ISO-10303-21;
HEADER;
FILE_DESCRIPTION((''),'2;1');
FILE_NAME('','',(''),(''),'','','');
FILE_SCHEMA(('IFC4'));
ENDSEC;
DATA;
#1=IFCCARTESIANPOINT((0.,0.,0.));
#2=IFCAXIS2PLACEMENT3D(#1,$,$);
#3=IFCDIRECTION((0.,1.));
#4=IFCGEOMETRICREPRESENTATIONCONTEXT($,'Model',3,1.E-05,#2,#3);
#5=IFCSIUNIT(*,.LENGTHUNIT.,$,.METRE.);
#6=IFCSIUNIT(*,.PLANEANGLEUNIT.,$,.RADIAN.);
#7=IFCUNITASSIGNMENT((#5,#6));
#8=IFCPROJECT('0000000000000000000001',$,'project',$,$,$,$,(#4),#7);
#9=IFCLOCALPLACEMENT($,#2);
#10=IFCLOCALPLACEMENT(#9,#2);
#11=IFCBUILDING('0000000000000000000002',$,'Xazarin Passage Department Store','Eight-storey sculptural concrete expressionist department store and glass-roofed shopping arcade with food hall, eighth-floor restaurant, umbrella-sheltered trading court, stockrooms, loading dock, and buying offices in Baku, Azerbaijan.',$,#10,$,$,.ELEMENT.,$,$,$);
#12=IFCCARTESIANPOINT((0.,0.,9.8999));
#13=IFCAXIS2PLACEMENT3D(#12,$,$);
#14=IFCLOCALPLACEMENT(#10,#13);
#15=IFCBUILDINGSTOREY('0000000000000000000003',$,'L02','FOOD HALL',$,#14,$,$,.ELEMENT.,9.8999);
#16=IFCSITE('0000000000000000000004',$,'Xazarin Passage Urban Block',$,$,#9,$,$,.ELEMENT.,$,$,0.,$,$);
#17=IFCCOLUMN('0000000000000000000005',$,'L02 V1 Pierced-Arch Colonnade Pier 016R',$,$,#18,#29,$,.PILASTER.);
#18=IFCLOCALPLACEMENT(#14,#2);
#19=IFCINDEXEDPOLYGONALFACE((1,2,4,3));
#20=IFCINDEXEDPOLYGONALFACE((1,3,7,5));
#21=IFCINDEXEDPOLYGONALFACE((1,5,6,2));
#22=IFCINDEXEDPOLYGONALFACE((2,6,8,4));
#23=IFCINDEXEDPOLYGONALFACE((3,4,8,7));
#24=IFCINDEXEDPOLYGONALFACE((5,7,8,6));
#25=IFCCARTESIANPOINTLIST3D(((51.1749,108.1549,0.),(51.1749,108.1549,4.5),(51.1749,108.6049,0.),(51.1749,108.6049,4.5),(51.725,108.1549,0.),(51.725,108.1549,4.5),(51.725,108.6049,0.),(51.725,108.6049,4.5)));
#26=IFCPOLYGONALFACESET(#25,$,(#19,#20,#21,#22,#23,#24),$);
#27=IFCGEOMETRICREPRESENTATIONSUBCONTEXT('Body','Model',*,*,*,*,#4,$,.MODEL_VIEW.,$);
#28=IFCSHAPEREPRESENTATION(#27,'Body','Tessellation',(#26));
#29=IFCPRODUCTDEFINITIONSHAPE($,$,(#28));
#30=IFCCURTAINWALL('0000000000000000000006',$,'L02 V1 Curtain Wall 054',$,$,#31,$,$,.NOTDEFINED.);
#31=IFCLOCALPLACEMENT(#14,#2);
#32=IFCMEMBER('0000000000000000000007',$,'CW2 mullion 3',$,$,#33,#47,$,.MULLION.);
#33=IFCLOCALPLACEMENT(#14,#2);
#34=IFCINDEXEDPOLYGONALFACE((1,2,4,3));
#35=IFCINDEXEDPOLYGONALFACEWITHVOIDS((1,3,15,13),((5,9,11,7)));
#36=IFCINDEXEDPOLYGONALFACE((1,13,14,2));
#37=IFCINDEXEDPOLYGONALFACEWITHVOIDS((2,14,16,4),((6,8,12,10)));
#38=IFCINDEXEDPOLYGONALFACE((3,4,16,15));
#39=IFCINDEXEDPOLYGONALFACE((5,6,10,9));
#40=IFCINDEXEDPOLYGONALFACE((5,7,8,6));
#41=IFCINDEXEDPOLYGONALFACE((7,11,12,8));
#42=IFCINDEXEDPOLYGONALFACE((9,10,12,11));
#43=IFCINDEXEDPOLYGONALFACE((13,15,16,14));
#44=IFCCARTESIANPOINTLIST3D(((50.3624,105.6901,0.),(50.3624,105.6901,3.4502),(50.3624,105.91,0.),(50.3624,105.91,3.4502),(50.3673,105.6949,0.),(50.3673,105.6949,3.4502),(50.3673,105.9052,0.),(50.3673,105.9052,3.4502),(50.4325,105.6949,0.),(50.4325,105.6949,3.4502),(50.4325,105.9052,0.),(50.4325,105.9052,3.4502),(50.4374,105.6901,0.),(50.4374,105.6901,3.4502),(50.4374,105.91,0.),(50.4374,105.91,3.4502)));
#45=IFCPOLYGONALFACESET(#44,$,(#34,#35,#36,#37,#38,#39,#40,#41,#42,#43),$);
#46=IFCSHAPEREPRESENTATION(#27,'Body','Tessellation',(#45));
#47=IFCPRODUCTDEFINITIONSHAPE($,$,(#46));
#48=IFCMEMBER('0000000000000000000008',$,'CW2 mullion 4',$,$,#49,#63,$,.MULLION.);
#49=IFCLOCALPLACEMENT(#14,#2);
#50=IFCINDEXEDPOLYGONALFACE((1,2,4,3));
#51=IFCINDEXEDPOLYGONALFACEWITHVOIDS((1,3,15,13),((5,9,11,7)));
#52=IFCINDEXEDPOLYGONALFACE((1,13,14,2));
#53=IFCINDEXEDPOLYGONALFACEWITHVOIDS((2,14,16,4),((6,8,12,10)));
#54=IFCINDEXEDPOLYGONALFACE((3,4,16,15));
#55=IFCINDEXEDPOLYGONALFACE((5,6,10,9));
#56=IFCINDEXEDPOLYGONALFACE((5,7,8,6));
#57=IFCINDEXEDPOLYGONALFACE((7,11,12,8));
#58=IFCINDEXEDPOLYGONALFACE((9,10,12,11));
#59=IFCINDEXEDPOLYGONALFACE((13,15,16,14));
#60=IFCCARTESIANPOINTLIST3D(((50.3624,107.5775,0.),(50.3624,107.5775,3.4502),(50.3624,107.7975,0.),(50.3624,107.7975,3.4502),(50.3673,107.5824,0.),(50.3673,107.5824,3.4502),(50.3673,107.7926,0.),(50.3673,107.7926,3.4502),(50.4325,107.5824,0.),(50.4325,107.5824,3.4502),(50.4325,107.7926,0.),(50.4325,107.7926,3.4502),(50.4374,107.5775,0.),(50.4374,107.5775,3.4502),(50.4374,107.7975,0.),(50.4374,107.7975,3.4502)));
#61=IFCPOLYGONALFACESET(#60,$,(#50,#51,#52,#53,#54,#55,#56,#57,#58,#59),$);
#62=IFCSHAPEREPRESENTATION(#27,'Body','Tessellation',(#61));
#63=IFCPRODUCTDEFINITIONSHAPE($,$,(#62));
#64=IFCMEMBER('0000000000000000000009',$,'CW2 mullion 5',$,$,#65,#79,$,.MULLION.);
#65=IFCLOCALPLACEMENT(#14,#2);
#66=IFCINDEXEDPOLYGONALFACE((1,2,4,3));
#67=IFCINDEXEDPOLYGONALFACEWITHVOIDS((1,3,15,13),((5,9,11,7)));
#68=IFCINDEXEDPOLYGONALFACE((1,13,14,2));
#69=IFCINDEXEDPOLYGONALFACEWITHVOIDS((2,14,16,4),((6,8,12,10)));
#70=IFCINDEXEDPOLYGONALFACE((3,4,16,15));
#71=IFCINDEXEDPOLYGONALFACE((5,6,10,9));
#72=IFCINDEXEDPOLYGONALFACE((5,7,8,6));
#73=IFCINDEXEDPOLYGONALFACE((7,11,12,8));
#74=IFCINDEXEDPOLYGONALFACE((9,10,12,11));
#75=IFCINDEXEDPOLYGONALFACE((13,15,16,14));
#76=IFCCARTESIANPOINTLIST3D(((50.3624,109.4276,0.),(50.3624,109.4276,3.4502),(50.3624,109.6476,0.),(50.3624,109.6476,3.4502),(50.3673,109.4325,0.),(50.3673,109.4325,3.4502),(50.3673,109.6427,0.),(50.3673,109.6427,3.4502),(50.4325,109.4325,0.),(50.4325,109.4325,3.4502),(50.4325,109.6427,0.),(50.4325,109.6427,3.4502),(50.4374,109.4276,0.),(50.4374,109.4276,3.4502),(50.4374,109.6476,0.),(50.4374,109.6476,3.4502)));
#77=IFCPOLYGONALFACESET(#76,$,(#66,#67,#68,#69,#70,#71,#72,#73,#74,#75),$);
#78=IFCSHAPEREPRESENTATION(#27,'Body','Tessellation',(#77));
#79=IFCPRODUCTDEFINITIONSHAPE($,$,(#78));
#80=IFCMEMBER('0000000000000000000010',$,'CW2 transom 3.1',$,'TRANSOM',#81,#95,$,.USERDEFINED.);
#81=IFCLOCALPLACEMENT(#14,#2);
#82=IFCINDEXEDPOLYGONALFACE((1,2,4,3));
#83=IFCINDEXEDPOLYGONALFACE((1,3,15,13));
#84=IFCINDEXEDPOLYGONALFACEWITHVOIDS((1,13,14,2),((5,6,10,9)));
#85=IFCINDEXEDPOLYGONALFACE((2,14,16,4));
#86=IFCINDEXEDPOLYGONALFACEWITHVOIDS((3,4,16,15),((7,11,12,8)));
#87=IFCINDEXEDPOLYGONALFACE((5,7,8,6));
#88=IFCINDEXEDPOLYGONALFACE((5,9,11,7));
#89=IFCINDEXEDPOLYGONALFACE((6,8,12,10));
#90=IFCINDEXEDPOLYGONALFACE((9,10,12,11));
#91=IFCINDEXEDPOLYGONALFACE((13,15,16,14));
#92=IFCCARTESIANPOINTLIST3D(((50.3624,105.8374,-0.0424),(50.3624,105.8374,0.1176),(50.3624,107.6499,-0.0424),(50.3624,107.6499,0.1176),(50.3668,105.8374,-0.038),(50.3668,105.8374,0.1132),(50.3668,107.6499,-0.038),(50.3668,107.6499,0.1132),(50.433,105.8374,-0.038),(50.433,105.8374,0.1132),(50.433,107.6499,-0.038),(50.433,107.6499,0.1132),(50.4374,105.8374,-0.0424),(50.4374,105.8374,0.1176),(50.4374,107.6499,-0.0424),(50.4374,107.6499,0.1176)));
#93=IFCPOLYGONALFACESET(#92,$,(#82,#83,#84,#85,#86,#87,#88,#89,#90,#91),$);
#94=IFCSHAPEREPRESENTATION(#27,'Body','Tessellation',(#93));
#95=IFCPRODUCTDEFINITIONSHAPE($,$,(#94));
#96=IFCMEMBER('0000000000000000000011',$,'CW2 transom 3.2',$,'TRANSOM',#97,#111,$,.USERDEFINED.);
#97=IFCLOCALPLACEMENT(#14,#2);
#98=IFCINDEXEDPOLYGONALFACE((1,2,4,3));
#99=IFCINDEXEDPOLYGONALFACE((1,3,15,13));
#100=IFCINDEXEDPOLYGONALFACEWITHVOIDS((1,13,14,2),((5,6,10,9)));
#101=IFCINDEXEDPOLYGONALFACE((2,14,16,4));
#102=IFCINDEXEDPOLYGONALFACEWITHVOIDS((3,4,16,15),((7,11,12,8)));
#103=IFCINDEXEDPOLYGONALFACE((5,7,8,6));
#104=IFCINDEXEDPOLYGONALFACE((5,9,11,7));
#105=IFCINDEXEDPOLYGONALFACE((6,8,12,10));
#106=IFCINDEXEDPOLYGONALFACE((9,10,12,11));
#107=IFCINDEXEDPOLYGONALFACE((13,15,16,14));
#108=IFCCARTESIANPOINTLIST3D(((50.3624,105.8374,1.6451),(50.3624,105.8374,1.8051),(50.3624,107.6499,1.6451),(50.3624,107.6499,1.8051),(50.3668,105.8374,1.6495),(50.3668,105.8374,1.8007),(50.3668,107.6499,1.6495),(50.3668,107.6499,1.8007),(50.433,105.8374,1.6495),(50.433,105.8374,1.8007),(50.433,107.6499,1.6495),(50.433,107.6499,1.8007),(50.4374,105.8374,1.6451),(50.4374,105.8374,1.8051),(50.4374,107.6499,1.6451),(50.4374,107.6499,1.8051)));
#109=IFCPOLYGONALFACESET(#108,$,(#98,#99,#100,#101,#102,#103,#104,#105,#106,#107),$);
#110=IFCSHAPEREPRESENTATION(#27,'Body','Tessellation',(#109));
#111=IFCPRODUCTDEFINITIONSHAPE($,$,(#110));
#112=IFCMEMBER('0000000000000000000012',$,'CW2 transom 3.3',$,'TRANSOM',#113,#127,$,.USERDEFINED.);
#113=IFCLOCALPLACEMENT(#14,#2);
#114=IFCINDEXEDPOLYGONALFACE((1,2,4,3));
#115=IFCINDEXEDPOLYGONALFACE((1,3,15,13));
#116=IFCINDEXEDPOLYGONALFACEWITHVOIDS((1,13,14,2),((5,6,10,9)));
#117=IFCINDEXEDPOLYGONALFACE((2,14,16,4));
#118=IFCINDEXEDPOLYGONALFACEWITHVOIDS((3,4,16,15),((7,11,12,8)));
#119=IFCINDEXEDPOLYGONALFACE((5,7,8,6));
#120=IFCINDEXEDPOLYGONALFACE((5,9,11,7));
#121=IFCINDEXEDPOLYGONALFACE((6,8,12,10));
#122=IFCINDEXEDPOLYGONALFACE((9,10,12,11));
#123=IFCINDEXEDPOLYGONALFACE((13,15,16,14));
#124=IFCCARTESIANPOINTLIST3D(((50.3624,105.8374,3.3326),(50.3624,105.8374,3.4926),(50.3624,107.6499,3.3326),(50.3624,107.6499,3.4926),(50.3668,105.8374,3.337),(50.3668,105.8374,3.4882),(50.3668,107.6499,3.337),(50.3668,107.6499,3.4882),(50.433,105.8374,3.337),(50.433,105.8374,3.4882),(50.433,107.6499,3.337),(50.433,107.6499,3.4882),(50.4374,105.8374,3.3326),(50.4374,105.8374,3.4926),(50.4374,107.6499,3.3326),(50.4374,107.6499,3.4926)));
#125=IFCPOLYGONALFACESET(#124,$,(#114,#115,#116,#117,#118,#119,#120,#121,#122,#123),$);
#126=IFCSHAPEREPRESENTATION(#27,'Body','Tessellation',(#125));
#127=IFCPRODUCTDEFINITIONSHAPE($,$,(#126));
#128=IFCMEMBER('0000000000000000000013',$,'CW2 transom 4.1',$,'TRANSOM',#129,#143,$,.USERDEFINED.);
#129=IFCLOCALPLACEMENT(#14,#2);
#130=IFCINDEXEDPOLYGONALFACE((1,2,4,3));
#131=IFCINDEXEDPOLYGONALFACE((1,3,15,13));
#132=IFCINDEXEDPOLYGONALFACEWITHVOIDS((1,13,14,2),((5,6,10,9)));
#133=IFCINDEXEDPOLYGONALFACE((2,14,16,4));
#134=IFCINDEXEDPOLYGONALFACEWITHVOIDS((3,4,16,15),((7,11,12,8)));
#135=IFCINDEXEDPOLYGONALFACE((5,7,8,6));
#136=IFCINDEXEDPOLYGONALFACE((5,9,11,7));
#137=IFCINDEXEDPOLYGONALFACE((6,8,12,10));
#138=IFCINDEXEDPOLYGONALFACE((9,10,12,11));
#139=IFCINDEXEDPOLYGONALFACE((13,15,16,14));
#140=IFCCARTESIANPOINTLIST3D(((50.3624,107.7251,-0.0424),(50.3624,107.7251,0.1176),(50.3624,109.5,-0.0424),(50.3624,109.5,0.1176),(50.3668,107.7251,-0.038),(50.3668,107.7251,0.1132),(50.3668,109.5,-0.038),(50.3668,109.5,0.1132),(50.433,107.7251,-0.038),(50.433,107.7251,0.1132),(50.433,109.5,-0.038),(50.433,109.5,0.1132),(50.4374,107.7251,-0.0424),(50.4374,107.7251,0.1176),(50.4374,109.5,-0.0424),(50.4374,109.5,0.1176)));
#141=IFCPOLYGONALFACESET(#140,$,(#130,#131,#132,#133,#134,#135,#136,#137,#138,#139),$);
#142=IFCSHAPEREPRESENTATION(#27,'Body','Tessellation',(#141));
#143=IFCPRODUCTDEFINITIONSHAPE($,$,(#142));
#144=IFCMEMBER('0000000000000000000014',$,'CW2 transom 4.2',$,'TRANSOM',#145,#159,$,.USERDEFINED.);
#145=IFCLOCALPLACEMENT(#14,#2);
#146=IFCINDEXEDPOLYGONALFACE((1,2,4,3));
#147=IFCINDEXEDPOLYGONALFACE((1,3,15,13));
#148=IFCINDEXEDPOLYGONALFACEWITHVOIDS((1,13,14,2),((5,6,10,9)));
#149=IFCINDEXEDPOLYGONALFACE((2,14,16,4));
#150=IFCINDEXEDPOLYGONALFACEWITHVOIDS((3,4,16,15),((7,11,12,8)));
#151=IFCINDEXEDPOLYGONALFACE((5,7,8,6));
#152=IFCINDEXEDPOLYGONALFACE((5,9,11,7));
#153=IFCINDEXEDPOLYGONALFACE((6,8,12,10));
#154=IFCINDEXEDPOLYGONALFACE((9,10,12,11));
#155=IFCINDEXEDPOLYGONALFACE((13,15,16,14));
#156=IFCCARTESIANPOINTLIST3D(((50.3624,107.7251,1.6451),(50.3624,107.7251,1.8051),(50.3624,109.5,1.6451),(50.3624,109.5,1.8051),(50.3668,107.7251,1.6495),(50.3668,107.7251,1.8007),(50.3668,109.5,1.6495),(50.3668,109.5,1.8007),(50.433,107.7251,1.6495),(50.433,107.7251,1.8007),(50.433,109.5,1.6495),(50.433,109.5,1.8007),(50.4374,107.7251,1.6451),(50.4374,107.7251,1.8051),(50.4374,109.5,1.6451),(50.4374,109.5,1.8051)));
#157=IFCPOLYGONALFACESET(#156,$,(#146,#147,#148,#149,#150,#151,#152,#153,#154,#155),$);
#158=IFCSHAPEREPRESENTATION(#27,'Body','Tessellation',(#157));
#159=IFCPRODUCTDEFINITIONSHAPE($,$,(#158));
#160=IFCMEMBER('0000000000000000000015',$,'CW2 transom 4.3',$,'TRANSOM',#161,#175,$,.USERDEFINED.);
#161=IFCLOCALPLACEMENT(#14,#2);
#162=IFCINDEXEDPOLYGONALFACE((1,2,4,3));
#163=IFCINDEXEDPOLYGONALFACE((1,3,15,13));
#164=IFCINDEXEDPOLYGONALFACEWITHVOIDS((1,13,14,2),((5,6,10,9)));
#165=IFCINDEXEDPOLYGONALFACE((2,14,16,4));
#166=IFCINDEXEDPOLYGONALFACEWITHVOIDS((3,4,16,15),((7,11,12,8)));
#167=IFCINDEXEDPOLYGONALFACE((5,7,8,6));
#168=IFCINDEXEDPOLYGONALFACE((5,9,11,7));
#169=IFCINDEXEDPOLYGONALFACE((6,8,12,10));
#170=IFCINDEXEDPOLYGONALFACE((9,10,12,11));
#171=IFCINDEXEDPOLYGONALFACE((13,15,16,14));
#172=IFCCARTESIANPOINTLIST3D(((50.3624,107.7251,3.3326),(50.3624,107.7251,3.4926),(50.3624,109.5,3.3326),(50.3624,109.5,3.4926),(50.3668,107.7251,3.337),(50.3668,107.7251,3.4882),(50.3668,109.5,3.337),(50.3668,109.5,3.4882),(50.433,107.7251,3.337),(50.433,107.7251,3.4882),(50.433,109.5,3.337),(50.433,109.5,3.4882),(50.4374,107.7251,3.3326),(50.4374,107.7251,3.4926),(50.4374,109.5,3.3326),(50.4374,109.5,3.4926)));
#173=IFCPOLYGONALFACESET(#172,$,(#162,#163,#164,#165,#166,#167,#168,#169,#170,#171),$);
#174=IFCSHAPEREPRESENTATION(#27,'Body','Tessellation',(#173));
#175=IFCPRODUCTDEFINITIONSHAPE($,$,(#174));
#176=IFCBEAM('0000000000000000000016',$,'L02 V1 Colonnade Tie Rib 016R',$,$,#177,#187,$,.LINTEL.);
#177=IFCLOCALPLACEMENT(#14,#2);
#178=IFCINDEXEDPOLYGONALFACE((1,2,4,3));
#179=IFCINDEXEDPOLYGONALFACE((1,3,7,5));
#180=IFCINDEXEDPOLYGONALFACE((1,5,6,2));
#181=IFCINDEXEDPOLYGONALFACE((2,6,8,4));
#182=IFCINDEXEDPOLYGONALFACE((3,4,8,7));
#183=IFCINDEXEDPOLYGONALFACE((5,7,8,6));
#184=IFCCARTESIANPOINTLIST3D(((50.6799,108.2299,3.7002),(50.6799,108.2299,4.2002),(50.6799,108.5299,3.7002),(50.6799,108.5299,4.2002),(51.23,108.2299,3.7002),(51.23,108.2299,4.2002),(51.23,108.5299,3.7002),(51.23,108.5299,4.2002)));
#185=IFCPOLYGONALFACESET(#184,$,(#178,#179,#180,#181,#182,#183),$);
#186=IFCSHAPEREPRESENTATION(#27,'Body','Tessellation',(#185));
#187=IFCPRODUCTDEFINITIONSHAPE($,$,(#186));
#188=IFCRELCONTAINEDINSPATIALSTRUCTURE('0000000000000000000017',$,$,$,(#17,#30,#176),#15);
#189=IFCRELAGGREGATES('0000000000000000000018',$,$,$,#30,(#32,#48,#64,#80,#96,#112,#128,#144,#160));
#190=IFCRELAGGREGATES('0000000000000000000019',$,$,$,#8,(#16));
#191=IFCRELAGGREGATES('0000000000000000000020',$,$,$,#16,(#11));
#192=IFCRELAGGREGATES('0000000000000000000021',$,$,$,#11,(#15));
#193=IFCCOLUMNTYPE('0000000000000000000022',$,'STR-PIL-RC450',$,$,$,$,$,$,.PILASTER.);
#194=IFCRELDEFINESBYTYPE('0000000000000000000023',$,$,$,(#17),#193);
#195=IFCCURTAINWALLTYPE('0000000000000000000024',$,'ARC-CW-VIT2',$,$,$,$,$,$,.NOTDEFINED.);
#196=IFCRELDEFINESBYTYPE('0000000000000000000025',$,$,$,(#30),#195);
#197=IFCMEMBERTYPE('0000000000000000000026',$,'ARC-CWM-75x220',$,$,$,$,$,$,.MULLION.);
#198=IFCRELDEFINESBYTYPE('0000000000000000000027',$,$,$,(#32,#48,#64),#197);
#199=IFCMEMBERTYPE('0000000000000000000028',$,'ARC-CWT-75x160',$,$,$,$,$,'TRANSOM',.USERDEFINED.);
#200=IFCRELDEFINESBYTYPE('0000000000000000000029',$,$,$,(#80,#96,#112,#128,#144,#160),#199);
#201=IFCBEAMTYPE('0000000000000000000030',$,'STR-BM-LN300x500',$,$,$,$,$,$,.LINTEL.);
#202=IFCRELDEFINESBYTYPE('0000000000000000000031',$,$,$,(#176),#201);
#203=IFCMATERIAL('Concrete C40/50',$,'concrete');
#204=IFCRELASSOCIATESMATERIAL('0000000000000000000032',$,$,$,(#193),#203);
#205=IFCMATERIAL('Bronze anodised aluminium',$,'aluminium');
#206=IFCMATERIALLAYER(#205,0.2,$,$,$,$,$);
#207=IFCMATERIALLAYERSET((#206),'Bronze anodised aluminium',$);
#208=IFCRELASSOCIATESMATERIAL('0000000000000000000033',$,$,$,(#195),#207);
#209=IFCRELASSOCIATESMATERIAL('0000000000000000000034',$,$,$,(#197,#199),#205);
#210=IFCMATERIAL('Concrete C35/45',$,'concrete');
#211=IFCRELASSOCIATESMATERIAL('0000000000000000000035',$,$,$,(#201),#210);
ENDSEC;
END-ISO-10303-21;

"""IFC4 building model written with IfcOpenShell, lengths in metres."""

from ifc_helpers import new_model, si_unit, direction, frame, origin, origin_2d, place, context, subcontext, project, spatial, rectangle, hollow_rectangle, extrude, material, layer, layer_set, material_profile, profile_set, type_object, element, aggregate, save


model = new_model("IFC4")

# Units and contexts
model_context = context("Model", 3, precision=1e-05, world=origin(), true_north=direction((0.0, 1.0)))
body_context = subcontext(model_context, "Body", "Model", "MODEL_VIEW")
ifc_project = project(units=[si_unit("LENGTHUNIT", "METRE"), si_unit("PLANEANGLEUNIT", "RADIAN")], contexts=[model_context])

# Site, building, storey
site_placement = place(None, origin())
site = spatial("IfcSite", under=ifc_project, at=site_placement, Name="Xazarin Passage Urban Block", CompositionType="ELEMENT", RefElevation=0.0)
building_placement = place(site_placement, origin())
building = spatial("IfcBuilding", under=site, at=building_placement, Name="Xazarin Passage Department Store", Description="Eight-storey sculptural concrete expressionist department store and glass-roofed shopping arcade with food hall, eighth-floor restaurant, umbrella-sheltered trading court, stockrooms, loading dock, and buying offices in Baku, Azerbaijan.", CompositionType="ELEMENT")
storey_placement = place(building_placement, frame((0.0, 0.0, 9.8999)))
storey = spatial("IfcBuildingStorey", under=building, at=storey_placement, Name="L02", Description="FOOD HALL", CompositionType="ELEMENT", Elevation=9.8999)

# Column
ifc_material_1 = material(Name="Concrete C40/50", Category="concrete")
ifc_material_profile_1 = material_profile(ifc_material_1, rectangle(XDim=0.45, YDim=0.55, at=origin_2d()), Name="RC 450x550")
ifc_profile_set_1 = profile_set([ifc_material_profile_1], Name="Concrete C40/50")
column_type = type_object("IfcColumnType", Name="STR-PIL-RC450", PredefinedType="PILASTER", material=ifc_profile_set_1)
column_placement = place(storey_placement, frame((51.45, 108.3799, 0.0), z_axis=(0.0, 0.0, 1.0), x_axis=(0.0, 1.0, 0.0)))
element("IfcColumn", 1, at=column_placement, inside=storey, type_object=column_type, Name="L02 V1 Pierced-Arch Colonnade Pier 016R", PredefinedType="PILASTER", context=body_context, shape_type="SweptSolid", body=[
    extrude(rectangle(XDim=0.45, YDim=0.55, at=origin_2d()), origin(), (0.0, 0.0, 1.0), 4.5),
])

# Curtain wall, members
ifc_material_2 = material(Name="Bronze anodised aluminium", Category="aluminium")
ifc_layer_1 = layer(ifc_material_2, 0.2)
ifc_layer_set_1 = layer_set([ifc_layer_1], Name="Bronze anodised aluminium")
curtain_wall_type = type_object("IfcCurtainWallType", Name="ARC-CW-VIT2", PredefinedType="NOTDEFINED", material=ifc_layer_set_1)
curtain_wall_placement = place(storey_placement, origin())
curtain_wall = element("IfcCurtainWall", 2, at=curtain_wall_placement, inside=storey, type_object=curtain_wall_type, Name="L02 V1 Curtain Wall 054", PredefinedType="NOTDEFINED")
ifc_material_profile_2 = material_profile(ifc_material_2, hollow_rectangle(XDim=0.075, YDim=0.22, WallThickness=0.0049, at=origin_2d()), Name="ALU 75x220")
ifc_profile_set_2 = profile_set([ifc_material_profile_2], Name="Bronze anodised aluminium")
member_type_1 = type_object("IfcMemberType", Name="ARC-CWM-75x220", PredefinedType="MULLION", material=ifc_profile_set_2)
member_1_placement = place(storey_placement, frame((50.3999, 105.8, 0.0), z_axis=(0.0, 0.0, 1.0), x_axis=(-1.0, 0.0, 0.0)))
member_1 = element("IfcMember", 3, at=member_1_placement, type_object=member_type_1, Name="CW2 mullion 3", PredefinedType="MULLION", context=body_context, shape_type="SweptSolid", body=[
    extrude(hollow_rectangle(XDim=0.075, YDim=0.22, WallThickness=0.0049, at=origin_2d()), origin(), (0.0, 0.0, 1.0), 3.4502),
])
member_2_placement = place(storey_placement, frame((50.3999, 107.6875, 0.0), z_axis=(0.0, 0.0, 1.0), x_axis=(-1.0, 0.0, 0.0)))
member_2 = element("IfcMember", 4, at=member_2_placement, type_object=member_type_1, Name="CW2 mullion 4", PredefinedType="MULLION", context=body_context, shape_type="SweptSolid", body=[
    extrude(hollow_rectangle(XDim=0.075, YDim=0.22, WallThickness=0.0049, at=origin_2d()), origin(), (0.0, 0.0, 1.0), 3.4502),
])
member_3_placement = place(storey_placement, frame((50.3999, 109.5376, 0.0), z_axis=(0.0, 0.0, 1.0), x_axis=(-1.0, 0.0, 0.0)))
member_3 = element("IfcMember", 5, at=member_3_placement, type_object=member_type_1, Name="CW2 mullion 5", PredefinedType="MULLION", context=body_context, shape_type="SweptSolid", body=[
    extrude(hollow_rectangle(XDim=0.075, YDim=0.22, WallThickness=0.0049, at=origin_2d()), origin(), (0.0, 0.0, 1.0), 3.4502),
])
ifc_material_profile_3 = material_profile(ifc_material_2, hollow_rectangle(XDim=0.075, YDim=0.1599, WallThickness=0.0044, at=origin_2d()), Name="ALU 75x160")
ifc_profile_set_3 = profile_set([ifc_material_profile_3], Name="Bronze anodised aluminium")
member_type_2 = type_object("IfcMemberType", Name="ARC-CWT-75x160", ElementType="TRANSOM", PredefinedType="USERDEFINED", material=ifc_profile_set_3)
member_4_placement = place(storey_placement, frame((50.3999, 105.8374, 0.0376), z_axis=(0.0, 1.0, 0.0), x_axis=(-1.0, 0.0, 0.0)))
member_4 = element("IfcMember", 6, at=member_4_placement, type_object=member_type_2, Name="CW2 transom 3.1", ObjectType="TRANSOM", PredefinedType="USERDEFINED", context=body_context, shape_type="SweptSolid", body=[
    extrude(hollow_rectangle(XDim=0.075, YDim=0.1599, WallThickness=0.0044, at=origin_2d()), origin(), (0.0, 0.0, 1.0), 1.8125),
])
member_5_placement = place(storey_placement, frame((50.3999, 105.8374, 1.7251), z_axis=(0.0, 1.0, 0.0), x_axis=(-1.0, 0.0, 0.0)))
member_5 = element("IfcMember", 7, at=member_5_placement, type_object=member_type_2, Name="CW2 transom 3.2", ObjectType="TRANSOM", PredefinedType="USERDEFINED", context=body_context, shape_type="SweptSolid", body=[
    extrude(hollow_rectangle(XDim=0.075, YDim=0.1599, WallThickness=0.0044, at=origin_2d()), origin(), (0.0, 0.0, 1.0), 1.8125),
])
member_6_placement = place(storey_placement, frame((50.3999, 105.8374, 3.4126), z_axis=(0.0, 1.0, 0.0), x_axis=(-1.0, 0.0, 0.0)))
member_6 = element("IfcMember", 8, at=member_6_placement, type_object=member_type_2, Name="CW2 transom 3.3", ObjectType="TRANSOM", PredefinedType="USERDEFINED", context=body_context, shape_type="SweptSolid", body=[
    extrude(hollow_rectangle(XDim=0.075, YDim=0.1599, WallThickness=0.0044, at=origin_2d()), origin(), (0.0, 0.0, 1.0), 1.8125),
])
member_7_placement = place(storey_placement, frame((50.3999, 107.7251, 0.0376), z_axis=(0.0, 1.0, 0.0), x_axis=(-1.0, 0.0, 0.0)))
member_7 = element("IfcMember", 9, at=member_7_placement, type_object=member_type_2, Name="CW2 transom 4.1", ObjectType="TRANSOM", PredefinedType="USERDEFINED", context=body_context, shape_type="SweptSolid", body=[
    extrude(hollow_rectangle(XDim=0.075, YDim=0.1599, WallThickness=0.0044, at=origin_2d()), origin(), (0.0, 0.0, 1.0), 1.7749),
])
member_8_placement = place(storey_placement, frame((50.3999, 107.7251, 1.7251), z_axis=(0.0, 1.0, 0.0), x_axis=(-1.0, 0.0, 0.0)))
member_8 = element("IfcMember", 10, at=member_8_placement, type_object=member_type_2, Name="CW2 transom 4.2", ObjectType="TRANSOM", PredefinedType="USERDEFINED", context=body_context, shape_type="SweptSolid", body=[
    extrude(hollow_rectangle(XDim=0.075, YDim=0.1599, WallThickness=0.0044, at=origin_2d()), origin(), (0.0, 0.0, 1.0), 1.7749),
])
member_9_placement = place(storey_placement, frame((50.3999, 107.7251, 3.4126), z_axis=(0.0, 1.0, 0.0), x_axis=(-1.0, 0.0, 0.0)))
member_9 = element("IfcMember", 11, at=member_9_placement, type_object=member_type_2, Name="CW2 transom 4.3", ObjectType="TRANSOM", PredefinedType="USERDEFINED", context=body_context, shape_type="SweptSolid", body=[
    extrude(hollow_rectangle(XDim=0.075, YDim=0.1599, WallThickness=0.0044, at=origin_2d()), origin(), (0.0, 0.0, 1.0), 1.7749),
])

# Beam
ifc_material_3 = material(Name="Concrete C35/45", Category="concrete")
ifc_material_profile_4 = material_profile(ifc_material_3, rectangle(XDim=0.3, YDim=0.5, at=origin_2d()), Name="RC 300x500")
ifc_profile_set_4 = profile_set([ifc_material_profile_4], Name="Concrete C35/45")
beam_type = type_object("IfcBeamType", Name="STR-BM-LN300x500", PredefinedType="LINTEL", material=ifc_profile_set_4)
beam_placement = place(storey_placement, frame((50.6799, 108.3799, 3.9502), z_axis=(1.0, 0.0, 0.0), x_axis=(0.0, 1.0, 0.0)))
element("IfcBeam", 12, at=beam_placement, inside=storey, type_object=beam_type, Name="L02 V1 Colonnade Tie Rib 016R", PredefinedType="LINTEL", context=body_context, shape_type="SweptSolid", body=[
    extrude(rectangle(XDim=0.3, YDim=0.5, at=origin_2d()), origin(), (0.0, 0.0, 1.0), 0.55),
])

aggregate(curtain_wall, [member_1, member_2, member_3, member_4, member_5, member_6, member_7, member_8, member_9])

save(model, "model.ifc")
